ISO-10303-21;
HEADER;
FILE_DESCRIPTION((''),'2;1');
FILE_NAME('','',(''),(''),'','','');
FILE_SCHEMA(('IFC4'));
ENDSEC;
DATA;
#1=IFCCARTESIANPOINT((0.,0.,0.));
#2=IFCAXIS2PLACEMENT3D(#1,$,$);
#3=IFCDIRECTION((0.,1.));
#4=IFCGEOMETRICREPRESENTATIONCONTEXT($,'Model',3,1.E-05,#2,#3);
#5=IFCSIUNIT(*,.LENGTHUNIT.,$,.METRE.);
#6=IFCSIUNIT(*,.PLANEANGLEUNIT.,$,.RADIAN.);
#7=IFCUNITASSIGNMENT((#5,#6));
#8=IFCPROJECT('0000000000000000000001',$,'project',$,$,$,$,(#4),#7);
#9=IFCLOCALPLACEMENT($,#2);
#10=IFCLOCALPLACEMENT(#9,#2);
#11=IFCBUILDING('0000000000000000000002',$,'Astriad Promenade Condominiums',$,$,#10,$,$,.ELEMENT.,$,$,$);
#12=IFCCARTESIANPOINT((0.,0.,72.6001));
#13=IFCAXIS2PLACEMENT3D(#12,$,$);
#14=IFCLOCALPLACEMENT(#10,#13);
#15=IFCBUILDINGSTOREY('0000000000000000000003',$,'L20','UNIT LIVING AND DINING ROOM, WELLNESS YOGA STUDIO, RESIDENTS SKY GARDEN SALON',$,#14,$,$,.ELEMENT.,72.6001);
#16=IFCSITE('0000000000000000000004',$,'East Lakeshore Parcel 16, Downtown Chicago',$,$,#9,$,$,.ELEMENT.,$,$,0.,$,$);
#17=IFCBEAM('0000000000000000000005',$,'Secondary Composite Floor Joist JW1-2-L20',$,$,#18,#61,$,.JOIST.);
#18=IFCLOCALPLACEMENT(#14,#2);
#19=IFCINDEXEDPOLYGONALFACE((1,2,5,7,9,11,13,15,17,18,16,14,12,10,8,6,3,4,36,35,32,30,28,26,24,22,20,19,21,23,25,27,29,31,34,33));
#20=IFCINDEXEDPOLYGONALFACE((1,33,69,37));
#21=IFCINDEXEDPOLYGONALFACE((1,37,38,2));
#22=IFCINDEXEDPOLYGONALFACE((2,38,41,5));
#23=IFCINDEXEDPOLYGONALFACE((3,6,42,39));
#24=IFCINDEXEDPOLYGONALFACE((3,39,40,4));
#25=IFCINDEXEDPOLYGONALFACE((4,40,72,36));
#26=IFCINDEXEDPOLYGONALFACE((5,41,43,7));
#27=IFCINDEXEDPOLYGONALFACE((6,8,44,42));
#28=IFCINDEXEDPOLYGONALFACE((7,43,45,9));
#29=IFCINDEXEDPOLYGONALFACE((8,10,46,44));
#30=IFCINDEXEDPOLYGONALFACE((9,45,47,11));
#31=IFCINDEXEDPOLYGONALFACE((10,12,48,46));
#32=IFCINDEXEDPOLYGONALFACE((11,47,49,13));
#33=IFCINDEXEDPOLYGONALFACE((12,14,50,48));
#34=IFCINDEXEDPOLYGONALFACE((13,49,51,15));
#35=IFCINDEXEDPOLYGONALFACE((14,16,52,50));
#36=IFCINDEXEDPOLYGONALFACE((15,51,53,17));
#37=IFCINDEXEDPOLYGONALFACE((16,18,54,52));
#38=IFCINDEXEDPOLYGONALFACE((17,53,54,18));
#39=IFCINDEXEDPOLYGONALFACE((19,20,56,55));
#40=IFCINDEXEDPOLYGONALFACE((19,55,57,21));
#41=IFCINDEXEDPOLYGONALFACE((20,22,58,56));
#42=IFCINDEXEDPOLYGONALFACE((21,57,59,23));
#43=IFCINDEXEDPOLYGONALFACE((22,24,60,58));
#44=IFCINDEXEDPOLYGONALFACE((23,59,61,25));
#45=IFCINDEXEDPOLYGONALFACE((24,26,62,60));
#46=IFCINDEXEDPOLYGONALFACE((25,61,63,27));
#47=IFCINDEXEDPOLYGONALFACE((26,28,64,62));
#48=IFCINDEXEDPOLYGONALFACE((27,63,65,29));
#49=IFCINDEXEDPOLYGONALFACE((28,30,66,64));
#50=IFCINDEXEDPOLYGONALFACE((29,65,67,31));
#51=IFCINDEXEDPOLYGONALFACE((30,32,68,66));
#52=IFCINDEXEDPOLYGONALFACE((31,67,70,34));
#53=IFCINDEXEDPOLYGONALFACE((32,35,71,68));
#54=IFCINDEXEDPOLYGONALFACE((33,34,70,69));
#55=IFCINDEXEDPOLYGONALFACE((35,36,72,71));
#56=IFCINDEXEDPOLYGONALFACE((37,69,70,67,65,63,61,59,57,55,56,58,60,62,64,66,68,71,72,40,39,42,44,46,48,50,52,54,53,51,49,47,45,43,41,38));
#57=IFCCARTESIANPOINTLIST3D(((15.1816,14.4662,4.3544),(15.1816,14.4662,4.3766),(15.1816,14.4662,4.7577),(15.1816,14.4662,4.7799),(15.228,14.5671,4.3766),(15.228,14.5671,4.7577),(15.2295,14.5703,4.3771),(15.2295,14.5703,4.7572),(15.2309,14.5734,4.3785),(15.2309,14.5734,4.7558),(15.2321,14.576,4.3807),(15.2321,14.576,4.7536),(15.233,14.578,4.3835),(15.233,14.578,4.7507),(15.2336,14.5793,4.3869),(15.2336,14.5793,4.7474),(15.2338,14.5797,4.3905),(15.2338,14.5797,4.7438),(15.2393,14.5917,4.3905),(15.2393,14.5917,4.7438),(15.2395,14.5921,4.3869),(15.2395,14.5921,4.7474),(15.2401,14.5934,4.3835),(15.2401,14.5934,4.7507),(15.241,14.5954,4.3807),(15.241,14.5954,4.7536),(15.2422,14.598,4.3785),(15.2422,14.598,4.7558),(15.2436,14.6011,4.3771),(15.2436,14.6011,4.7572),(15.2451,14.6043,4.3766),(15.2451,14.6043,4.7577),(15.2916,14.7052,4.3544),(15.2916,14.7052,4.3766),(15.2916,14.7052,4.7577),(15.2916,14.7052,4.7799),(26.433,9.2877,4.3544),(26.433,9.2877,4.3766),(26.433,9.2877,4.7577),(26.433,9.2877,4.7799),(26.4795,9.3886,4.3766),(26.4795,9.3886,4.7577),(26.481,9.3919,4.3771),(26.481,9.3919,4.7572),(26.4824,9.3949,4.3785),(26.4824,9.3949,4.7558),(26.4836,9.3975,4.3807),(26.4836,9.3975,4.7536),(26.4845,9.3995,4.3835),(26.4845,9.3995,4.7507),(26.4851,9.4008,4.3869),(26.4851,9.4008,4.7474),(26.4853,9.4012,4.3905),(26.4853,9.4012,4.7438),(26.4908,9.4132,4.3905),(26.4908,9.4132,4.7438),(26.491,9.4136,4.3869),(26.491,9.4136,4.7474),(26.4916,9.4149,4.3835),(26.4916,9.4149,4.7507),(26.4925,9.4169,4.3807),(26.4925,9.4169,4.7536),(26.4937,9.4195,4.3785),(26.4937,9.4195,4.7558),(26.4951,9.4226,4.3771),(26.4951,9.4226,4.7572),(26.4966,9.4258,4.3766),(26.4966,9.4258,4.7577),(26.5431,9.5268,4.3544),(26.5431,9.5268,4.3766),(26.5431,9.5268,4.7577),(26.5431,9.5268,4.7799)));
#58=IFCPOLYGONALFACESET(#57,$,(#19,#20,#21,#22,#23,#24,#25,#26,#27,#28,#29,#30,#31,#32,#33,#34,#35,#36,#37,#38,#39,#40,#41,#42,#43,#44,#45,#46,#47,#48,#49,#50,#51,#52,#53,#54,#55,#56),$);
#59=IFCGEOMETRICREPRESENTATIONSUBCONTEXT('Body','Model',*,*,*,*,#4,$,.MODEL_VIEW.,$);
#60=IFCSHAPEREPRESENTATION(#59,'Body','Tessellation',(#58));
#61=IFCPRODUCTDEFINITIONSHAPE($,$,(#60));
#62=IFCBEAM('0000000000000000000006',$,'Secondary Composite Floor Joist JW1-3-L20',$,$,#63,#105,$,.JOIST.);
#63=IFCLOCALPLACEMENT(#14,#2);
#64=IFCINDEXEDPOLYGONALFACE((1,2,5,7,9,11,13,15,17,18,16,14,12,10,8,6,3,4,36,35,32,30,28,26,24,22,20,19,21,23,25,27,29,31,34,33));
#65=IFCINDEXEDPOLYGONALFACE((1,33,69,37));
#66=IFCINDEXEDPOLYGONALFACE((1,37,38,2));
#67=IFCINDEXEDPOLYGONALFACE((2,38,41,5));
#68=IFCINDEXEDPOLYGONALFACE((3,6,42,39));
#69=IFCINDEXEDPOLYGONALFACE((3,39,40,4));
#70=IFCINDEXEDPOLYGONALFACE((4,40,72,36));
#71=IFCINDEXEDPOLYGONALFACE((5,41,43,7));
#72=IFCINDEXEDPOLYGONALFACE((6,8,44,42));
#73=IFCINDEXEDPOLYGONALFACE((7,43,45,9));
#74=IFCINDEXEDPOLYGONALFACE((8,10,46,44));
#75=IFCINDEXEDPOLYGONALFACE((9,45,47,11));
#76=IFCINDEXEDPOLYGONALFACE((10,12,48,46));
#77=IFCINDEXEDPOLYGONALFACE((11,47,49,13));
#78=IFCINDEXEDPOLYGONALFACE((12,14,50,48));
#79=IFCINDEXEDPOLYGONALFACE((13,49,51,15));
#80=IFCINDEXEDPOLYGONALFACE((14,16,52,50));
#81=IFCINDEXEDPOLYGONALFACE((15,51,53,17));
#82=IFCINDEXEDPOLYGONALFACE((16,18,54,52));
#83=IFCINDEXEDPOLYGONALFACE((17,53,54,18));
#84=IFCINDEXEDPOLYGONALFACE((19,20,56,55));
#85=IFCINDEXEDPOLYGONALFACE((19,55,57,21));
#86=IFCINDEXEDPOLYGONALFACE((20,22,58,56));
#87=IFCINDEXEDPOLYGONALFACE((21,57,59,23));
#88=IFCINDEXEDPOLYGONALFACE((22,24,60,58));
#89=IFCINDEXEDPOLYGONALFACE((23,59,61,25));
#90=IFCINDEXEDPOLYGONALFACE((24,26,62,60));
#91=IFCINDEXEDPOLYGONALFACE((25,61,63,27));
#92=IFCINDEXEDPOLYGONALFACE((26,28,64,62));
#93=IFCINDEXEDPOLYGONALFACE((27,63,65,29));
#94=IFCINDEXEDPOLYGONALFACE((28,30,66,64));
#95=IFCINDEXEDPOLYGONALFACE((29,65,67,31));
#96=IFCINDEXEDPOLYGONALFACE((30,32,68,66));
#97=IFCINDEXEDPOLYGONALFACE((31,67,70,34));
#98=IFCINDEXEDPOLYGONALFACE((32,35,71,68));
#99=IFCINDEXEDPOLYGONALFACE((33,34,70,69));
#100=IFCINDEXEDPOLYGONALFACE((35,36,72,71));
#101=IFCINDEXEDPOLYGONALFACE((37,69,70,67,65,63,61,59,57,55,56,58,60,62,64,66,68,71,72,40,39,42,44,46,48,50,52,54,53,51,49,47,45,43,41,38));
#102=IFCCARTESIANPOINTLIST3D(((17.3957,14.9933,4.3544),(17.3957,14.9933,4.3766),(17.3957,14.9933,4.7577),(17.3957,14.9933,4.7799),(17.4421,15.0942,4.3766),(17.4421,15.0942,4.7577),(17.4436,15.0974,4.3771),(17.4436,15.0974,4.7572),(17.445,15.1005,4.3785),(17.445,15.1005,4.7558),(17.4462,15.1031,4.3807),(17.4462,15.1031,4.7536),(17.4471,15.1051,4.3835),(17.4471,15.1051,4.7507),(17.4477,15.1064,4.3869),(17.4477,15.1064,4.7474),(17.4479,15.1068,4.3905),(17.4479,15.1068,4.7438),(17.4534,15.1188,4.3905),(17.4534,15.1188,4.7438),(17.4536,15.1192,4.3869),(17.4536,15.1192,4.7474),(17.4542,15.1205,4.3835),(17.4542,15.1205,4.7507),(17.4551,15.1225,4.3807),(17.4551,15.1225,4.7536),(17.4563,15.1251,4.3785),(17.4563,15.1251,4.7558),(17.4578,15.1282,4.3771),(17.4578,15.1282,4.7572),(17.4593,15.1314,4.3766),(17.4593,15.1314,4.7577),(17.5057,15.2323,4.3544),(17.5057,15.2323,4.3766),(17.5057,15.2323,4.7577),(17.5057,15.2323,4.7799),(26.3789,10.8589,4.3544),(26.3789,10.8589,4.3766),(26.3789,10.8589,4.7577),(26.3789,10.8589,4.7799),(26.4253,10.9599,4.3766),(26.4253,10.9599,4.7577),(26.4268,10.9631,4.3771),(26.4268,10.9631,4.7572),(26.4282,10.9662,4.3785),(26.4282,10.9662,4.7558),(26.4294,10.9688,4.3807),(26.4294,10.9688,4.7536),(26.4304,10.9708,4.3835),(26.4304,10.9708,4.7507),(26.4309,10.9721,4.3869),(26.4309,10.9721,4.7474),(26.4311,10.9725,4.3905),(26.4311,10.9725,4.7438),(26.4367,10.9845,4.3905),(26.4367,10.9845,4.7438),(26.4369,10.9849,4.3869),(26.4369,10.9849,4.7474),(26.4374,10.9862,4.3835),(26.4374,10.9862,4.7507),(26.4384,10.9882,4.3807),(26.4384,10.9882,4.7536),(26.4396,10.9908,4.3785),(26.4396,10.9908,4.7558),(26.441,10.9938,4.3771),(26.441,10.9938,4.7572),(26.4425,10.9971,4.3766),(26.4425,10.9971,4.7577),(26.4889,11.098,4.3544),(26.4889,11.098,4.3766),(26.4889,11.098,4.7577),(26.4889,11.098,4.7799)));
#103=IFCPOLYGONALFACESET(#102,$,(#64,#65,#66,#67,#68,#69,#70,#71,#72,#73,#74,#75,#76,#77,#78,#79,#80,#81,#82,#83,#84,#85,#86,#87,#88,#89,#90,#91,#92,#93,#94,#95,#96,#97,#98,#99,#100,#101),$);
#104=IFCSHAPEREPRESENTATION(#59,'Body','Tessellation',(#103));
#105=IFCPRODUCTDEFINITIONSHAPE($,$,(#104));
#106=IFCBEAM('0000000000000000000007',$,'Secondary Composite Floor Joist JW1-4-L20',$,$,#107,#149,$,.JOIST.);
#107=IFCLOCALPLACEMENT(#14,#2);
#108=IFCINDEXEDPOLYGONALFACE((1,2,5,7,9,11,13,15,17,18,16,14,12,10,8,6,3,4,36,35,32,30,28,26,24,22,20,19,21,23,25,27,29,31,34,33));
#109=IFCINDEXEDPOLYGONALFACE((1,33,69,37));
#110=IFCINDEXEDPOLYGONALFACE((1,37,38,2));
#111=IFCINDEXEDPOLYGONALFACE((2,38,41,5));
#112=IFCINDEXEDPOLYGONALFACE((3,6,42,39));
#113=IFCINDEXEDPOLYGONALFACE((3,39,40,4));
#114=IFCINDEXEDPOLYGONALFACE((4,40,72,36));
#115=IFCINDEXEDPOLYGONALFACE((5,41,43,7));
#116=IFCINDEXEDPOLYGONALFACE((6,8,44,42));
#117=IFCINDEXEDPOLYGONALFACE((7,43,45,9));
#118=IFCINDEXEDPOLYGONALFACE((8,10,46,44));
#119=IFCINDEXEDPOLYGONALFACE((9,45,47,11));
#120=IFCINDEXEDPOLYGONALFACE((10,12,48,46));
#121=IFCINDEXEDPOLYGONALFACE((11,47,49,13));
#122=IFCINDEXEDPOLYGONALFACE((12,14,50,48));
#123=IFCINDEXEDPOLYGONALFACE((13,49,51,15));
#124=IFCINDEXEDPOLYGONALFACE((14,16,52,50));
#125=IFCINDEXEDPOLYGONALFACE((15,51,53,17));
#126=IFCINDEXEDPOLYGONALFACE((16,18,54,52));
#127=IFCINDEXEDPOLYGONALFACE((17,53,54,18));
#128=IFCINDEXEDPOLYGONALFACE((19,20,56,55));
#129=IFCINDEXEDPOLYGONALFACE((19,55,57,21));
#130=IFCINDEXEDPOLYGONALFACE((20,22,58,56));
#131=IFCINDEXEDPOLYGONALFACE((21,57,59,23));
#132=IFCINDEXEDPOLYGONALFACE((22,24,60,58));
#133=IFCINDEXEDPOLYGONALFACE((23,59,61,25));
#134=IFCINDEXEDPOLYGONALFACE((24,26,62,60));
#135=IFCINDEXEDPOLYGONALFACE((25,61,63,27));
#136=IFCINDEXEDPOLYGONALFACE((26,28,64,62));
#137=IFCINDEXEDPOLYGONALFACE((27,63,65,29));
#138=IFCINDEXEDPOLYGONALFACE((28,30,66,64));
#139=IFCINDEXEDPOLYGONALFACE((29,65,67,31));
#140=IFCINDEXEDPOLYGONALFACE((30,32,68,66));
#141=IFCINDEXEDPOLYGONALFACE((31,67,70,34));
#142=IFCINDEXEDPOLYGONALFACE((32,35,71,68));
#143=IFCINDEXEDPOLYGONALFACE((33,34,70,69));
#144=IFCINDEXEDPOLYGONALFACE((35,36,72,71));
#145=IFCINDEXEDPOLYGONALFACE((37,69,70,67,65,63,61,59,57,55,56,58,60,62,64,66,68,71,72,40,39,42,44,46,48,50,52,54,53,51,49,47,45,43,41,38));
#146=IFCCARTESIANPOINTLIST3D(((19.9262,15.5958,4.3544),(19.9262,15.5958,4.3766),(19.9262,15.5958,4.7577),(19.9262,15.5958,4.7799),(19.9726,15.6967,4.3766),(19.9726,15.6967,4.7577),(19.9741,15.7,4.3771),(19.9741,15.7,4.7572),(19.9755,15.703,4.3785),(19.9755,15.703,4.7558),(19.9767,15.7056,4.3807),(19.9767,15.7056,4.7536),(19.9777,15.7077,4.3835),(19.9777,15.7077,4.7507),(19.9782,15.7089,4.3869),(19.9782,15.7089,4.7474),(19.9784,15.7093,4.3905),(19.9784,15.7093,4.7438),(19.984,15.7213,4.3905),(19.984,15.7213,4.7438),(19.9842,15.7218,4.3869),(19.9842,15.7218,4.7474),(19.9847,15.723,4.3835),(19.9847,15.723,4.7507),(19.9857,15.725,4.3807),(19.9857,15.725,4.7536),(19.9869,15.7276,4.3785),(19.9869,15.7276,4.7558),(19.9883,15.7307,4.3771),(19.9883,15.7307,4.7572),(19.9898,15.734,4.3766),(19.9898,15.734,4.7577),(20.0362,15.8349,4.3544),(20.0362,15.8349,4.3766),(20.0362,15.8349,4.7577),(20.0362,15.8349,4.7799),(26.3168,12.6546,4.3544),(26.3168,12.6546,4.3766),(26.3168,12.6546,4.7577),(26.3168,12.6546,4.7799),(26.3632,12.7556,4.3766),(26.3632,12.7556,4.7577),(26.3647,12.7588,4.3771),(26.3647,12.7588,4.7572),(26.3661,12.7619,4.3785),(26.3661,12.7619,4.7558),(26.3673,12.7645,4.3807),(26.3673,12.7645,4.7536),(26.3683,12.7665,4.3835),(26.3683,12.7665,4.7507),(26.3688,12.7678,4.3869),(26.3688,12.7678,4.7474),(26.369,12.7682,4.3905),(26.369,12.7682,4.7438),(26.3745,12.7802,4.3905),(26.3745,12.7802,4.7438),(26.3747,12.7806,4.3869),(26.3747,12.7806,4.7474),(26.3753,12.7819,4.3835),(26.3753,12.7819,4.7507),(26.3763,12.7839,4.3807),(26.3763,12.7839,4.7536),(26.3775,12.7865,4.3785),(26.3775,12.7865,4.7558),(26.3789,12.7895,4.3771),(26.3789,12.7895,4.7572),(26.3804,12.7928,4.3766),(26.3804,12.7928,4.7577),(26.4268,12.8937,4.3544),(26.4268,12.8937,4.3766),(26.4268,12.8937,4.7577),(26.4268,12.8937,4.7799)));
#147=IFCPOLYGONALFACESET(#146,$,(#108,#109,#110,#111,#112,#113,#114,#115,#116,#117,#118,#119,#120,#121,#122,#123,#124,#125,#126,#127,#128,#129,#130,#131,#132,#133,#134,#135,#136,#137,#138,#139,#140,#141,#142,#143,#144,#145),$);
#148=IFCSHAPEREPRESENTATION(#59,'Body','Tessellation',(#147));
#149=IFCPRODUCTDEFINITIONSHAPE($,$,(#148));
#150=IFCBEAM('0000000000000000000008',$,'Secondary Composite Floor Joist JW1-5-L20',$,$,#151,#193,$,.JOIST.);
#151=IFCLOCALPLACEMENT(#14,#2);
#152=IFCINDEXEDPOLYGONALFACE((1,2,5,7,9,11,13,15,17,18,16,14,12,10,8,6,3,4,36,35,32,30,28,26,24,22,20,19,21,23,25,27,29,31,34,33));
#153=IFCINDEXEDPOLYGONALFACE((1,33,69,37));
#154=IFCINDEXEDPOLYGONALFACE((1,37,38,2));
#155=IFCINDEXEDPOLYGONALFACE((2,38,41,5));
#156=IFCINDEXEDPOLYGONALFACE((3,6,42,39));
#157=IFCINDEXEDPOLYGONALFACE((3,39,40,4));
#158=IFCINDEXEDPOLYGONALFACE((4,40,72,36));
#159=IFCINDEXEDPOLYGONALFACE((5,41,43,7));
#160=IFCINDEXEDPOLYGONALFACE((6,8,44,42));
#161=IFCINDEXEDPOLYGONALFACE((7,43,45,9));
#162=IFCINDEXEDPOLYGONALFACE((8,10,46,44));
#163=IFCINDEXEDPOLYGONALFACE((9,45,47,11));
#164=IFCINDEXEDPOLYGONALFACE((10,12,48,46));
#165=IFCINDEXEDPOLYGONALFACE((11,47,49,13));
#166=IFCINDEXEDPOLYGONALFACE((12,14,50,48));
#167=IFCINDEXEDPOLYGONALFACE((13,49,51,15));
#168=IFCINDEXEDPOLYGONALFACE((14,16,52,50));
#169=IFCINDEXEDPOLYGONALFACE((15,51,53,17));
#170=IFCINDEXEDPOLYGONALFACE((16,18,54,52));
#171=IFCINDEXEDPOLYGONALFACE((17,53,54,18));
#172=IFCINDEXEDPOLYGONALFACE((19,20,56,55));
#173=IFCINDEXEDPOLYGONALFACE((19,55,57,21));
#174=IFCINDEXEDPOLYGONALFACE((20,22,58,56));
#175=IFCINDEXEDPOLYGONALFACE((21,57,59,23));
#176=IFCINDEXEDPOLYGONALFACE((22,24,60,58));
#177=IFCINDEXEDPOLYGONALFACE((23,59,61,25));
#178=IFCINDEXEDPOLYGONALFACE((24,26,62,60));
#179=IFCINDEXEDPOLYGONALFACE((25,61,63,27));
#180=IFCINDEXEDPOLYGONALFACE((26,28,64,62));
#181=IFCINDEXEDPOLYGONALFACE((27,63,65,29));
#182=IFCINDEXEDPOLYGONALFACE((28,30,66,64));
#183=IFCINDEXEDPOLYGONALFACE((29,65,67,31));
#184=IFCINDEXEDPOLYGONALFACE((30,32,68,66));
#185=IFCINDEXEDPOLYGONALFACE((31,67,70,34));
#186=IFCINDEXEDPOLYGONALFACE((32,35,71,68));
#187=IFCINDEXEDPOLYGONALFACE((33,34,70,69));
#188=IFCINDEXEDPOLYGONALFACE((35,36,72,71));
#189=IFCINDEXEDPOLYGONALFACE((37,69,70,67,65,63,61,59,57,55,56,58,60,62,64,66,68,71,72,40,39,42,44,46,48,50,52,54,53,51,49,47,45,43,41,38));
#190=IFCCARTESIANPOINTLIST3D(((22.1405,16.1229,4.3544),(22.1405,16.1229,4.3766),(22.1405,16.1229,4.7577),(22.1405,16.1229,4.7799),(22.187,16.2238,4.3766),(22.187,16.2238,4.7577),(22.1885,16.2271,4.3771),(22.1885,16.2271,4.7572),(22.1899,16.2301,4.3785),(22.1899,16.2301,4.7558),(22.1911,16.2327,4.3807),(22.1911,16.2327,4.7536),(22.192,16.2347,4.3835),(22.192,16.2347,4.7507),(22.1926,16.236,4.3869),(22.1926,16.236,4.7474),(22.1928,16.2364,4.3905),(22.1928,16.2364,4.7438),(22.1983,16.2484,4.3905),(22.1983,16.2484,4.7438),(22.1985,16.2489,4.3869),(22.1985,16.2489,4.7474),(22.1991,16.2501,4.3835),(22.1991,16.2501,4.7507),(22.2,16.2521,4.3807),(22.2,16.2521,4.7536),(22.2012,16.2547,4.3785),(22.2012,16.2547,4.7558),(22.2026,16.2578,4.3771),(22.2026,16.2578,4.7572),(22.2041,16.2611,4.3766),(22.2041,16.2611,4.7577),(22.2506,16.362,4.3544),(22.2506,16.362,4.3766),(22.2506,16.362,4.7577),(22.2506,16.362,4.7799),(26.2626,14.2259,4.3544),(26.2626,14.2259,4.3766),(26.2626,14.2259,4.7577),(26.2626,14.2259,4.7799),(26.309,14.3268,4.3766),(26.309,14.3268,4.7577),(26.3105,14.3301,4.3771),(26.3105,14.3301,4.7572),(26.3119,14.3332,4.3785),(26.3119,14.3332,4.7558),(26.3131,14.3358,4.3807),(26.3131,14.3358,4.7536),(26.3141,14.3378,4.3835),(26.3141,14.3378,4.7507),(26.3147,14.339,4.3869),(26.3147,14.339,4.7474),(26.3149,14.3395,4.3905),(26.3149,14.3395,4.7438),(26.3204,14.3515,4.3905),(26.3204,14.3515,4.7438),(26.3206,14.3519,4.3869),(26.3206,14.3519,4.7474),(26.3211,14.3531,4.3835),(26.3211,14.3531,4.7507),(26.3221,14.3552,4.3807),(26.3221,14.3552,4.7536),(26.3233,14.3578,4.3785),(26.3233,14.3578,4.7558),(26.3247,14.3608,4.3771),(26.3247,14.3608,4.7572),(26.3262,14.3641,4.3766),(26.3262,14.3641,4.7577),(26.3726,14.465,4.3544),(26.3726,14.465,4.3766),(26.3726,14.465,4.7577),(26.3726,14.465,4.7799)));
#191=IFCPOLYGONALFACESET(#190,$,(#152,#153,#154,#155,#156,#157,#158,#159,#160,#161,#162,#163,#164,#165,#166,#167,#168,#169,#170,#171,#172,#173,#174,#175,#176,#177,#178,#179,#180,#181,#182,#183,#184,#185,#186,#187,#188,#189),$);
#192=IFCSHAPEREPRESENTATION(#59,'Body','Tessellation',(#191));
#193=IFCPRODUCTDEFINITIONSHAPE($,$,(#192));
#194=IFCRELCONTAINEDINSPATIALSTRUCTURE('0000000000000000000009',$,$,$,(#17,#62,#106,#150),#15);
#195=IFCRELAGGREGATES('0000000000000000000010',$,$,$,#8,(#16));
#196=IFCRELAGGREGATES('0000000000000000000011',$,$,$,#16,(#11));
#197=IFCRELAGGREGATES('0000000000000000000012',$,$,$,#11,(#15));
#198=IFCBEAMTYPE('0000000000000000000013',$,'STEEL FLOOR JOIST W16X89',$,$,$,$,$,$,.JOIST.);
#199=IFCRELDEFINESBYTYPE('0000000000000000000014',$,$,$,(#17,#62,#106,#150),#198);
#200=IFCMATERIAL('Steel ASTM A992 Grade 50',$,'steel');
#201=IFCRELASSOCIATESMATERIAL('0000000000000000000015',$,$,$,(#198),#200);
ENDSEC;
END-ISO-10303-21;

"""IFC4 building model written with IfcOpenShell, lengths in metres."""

from ifc_helpers import new_model, si_unit, direction, frame, origin, origin_2d, place, context, subcontext, project, spatial, i_section, extrude, source, transform, mapped, material, material_profile, profile_set, type_object, type_shapes, element, save


model = new_model("IFC4")

# Units and contexts
model_context = context("Model", 3, precision=1e-05, world=origin(), true_north=direction((0.0, 1.0)))
body_context = subcontext(model_context, "Body", "Model", "MODEL_VIEW")
ifc_project = project(units=[si_unit("LENGTHUNIT", "METRE"), si_unit("PLANEANGLEUNIT", "RADIAN")], contexts=[model_context])

# Site, building, storey
site_placement = place(None, origin())
site = spatial("IfcSite", under=ifc_project, at=site_placement, Name="East Lakeshore Parcel 16, Downtown Chicago", CompositionType="ELEMENT", RefElevation=0.0)
building_placement = place(site_placement, origin())
building = spatial("IfcBuilding", under=site, at=building_placement, Name="Astriad Promenade Condominiums", CompositionType="ELEMENT")
storey_placement = place(building_placement, frame((0.0, 0.0, 72.6001)))
storey = spatial("IfcBuildingStorey", under=building, at=storey_placement, Name="L20", Description="UNIT LIVING AND DINING ROOM, WELLNESS YOGA STUDIO, RESIDENTS SKY GARDEN SALON", CompositionType="ELEMENT", Elevation=72.6001)

# Beams
ifc_material_1 = material(Name="Steel ASTM A992 Grade 50", Category="steel")
ifc_material_profile_1 = material_profile(ifc_material_1, i_section(OverallWidth=0.2632, OverallDepth=0.4255, WebThickness=0.0132, FlangeThickness=0.0222, FilletRadius=0.0139, at=origin_2d()), Name="W16X89")
ifc_profile_set_1 = profile_set([ifc_material_profile_1], Name="Steel ASTM A992 Grade 50")
beam_type_1 = type_object("IfcBeamType", Name="STEEL FLOOR JOIST W16X89", PredefinedType="JOIST", material=ifc_profile_set_1)
shared_shape_1 = source(origin(), body_context, "Body", "SweptSolid", [
    extrude(i_section(OverallWidth=0.2632, OverallDepth=0.4255, WebThickness=0.0132, FlangeThickness=0.0222, FilletRadius=0.0139, at=origin_2d()), origin(), (0.0, 0.0, 1.0), 12.386),
])
beam_1_placement = place(storey_placement, frame((15.2366, 14.5857, 4.5671), z_axis=(0.908405, -0.418092, 0.0), x_axis=(0.418092, 0.908405, 0.0)))
element("IfcBeam", 1, at=beam_1_placement, inside=storey, type_object=beam_type_1, Name="Secondary Composite Floor Joist JW1-2-L20", PredefinedType="JOIST", context=body_context, shape_type="MappedRepresentation", body=[
    mapped(shared_shape_1, transform((0.0, 0.0, 0.0), scale=1.0)),
])
shared_shape_2 = source(origin(), body_context, "Body", "SweptSolid", [
    extrude(i_section(OverallWidth=0.2632, OverallDepth=0.4255, WebThickness=0.0132, FlangeThickness=0.0222, FilletRadius=0.0139, at=origin_2d()), origin(), (0.0, 0.0, 1.0), 9.8889),
])
beam_2_placement = place(storey_placement, frame((17.4507, 15.1128, 4.5671), z_axis=(0.908413, -0.418075, 0.0), x_axis=(0.418075, 0.908413, 0.0)))
element("IfcBeam", 2, at=beam_2_placement, inside=storey, type_object=beam_type_1, Name="Secondary Composite Floor Joist JW1-3-L20", PredefinedType="JOIST", context=body_context, shape_type="MappedRepresentation", body=[
    mapped(shared_shape_2, transform((0.0, 0.0, 0.0), scale=1.0)),
])
shared_shape_3 = source(origin(), body_context, "Body", "SweptSolid", [
    extrude(i_section(OverallWidth=0.2632, OverallDepth=0.4255, WebThickness=0.0132, FlangeThickness=0.0222, FilletRadius=0.0139, at=origin_2d()), origin(), (0.0, 0.0, 1.0), 7.0349),
])
beam_3_placement = place(storey_placement, frame((19.9812, 15.7153, 4.5671), z_axis=(0.908411, -0.418079, 0.0), x_axis=(0.418079, 0.908411, 0.0)))
element("IfcBeam", 3, at=beam_3_placement, inside=storey, type_object=beam_type_1, Name="Secondary Composite Floor Joist JW1-4-L20", PredefinedType="JOIST", context=body_context, shape_type="MappedRepresentation", body=[
    mapped(shared_shape_3, transform((0.0, 0.0, 0.0), scale=1.0)),
])
shared_shape_4 = source(origin(), body_context, "Body", "SweptSolid", [
    extrude(i_section(OverallWidth=0.2632, OverallDepth=0.4255, WebThickness=0.0132, FlangeThickness=0.0222, FilletRadius=0.0139, at=origin_2d()), origin(), (0.0, 0.0, 1.0), 4.5376),
])
type_shapes(beam_type_1, [shared_shape_1, shared_shape_2, shared_shape_3, shared_shape_4])
beam_4_placement = place(storey_placement, frame((22.1956, 16.2424, 4.5671), z_axis=(0.908422, -0.418055, 0.0), x_axis=(0.418055, 0.908422, 0.0)))
element("IfcBeam", 4, at=beam_4_placement, inside=storey, type_object=beam_type_1, Name="Secondary Composite Floor Joist JW1-5-L20", PredefinedType="JOIST", context=body_context, shape_type="MappedRepresentation", body=[
    mapped(shared_shape_4, transform((0.0, 0.0, 0.0), scale=1.0)),
])

save(model, "model.ifc")
